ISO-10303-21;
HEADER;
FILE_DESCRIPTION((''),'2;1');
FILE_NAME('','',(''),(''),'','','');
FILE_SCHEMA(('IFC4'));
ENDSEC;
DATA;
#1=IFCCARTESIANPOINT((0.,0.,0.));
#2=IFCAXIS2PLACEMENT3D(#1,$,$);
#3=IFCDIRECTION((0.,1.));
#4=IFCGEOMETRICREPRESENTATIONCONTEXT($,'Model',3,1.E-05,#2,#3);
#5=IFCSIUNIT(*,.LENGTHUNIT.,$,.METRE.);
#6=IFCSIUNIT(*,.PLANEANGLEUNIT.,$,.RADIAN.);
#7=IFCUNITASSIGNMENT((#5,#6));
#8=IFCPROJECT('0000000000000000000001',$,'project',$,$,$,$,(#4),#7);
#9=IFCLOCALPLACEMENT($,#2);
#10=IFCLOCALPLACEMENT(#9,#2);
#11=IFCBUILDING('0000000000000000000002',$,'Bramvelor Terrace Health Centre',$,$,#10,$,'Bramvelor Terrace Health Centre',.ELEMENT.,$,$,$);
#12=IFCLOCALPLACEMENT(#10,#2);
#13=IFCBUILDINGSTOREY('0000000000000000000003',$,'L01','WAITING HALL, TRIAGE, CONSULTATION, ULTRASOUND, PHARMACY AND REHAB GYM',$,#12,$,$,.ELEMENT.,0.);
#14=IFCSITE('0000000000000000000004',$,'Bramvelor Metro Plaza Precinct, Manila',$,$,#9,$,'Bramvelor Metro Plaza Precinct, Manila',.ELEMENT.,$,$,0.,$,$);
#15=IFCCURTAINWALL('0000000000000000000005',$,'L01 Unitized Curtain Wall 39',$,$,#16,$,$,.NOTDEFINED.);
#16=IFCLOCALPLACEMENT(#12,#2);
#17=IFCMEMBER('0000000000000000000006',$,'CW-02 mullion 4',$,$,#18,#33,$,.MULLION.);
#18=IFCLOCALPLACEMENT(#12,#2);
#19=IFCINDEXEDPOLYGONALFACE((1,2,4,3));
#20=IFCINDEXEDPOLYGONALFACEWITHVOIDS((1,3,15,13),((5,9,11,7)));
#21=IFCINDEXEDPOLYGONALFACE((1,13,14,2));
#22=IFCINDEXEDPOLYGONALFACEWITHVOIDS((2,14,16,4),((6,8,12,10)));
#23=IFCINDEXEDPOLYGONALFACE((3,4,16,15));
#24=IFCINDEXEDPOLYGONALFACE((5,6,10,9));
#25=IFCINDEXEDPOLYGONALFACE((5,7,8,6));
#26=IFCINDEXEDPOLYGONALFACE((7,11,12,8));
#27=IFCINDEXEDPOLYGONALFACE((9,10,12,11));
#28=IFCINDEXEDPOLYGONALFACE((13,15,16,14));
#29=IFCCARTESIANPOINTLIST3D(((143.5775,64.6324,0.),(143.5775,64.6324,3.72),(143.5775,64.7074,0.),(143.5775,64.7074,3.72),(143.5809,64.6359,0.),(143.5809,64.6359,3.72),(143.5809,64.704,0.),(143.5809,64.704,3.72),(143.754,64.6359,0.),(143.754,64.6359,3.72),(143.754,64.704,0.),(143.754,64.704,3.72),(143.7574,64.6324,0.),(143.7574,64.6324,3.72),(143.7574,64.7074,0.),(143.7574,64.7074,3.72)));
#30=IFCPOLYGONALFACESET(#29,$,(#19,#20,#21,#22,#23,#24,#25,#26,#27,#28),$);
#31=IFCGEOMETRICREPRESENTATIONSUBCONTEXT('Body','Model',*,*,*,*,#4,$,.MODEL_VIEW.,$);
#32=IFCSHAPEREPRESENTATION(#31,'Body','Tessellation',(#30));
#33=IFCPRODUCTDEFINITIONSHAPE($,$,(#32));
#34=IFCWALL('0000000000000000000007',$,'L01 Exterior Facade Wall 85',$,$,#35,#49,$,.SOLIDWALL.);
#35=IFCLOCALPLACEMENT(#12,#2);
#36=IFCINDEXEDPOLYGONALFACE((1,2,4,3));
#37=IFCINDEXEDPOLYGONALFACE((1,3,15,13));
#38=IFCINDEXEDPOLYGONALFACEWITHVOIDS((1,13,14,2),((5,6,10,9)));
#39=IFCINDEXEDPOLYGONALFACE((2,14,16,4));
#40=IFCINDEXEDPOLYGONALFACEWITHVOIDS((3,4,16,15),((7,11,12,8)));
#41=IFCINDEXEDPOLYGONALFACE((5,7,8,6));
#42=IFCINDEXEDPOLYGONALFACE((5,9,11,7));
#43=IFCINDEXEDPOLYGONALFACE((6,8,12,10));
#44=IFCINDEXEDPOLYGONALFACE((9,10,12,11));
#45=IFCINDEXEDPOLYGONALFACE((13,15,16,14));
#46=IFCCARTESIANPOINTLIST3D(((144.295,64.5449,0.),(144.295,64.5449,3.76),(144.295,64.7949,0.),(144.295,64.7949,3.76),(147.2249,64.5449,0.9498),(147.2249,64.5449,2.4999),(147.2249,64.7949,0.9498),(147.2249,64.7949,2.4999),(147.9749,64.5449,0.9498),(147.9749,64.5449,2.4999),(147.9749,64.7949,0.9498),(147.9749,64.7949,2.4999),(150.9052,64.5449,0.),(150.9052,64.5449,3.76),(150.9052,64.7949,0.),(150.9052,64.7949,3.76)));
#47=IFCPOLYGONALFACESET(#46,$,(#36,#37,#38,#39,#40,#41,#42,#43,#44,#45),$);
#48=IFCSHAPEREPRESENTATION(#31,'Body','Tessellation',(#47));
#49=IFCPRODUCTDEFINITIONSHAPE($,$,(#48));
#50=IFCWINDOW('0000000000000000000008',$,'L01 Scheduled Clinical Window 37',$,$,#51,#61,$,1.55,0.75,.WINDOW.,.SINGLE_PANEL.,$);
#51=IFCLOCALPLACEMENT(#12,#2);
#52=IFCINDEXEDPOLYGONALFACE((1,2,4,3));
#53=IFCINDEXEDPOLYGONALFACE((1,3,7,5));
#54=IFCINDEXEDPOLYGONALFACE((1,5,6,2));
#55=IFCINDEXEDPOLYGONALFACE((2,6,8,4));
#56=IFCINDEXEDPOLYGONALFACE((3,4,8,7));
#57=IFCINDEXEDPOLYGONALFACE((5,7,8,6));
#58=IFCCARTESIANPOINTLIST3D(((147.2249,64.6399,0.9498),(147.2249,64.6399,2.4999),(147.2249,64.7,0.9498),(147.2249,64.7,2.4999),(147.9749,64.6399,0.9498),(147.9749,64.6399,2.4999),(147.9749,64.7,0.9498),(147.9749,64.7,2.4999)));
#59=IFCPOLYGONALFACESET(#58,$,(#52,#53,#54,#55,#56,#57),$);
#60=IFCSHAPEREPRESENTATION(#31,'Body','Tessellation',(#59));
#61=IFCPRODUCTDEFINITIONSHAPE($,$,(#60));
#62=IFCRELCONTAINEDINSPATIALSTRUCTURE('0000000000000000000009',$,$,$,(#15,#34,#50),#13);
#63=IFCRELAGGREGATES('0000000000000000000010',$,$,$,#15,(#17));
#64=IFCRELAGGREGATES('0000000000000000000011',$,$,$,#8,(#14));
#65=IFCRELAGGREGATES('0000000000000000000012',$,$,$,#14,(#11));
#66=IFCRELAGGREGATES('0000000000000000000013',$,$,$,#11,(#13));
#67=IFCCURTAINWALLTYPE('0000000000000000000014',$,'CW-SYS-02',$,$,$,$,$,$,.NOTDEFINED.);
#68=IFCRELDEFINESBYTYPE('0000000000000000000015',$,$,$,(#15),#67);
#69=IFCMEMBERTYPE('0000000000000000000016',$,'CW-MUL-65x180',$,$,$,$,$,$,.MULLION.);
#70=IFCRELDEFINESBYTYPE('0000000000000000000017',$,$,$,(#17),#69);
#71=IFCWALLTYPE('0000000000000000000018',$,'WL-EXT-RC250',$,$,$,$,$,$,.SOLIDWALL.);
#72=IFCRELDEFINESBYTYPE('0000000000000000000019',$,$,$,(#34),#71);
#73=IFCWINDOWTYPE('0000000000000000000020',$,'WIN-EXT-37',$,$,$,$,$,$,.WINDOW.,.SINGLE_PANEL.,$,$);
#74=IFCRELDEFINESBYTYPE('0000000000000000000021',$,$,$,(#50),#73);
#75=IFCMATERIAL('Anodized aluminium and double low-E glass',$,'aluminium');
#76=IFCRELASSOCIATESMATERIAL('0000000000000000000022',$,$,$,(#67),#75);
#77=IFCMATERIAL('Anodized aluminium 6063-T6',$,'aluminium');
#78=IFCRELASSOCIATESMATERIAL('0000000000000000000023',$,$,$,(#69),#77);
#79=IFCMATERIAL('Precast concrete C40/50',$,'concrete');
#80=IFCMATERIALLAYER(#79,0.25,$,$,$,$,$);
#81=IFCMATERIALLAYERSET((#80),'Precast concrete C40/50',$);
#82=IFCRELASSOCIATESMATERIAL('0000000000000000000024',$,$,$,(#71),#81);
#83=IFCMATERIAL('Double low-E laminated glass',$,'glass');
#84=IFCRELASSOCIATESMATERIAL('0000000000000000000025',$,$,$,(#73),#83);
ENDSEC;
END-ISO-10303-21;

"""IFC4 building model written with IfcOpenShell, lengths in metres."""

from ifc_helpers import new_model, si_unit, direction, frame, frame_2d, origin, origin_2d, place, context, subcontext, project, spatial, rectangle, hollow_rectangle, extrude, material, layer, layer_set, material_profile, profile_set, type_object, element, fill, aggregate, save


model = new_model("IFC4")

# Units and contexts
model_context = context("Model", 3, precision=1e-05, world=origin(), true_north=direction((0.0, 1.0)))
body_context = subcontext(model_context, "Body", "Model", "MODEL_VIEW")
ifc_project = project(units=[si_unit("LENGTHUNIT", "METRE"), si_unit("PLANEANGLEUNIT", "RADIAN")], contexts=[model_context])

# Site, building, storey
site_placement = place(None, origin())
site = spatial("IfcSite", under=ifc_project, at=site_placement, Name="Bramvelor Metro Plaza Precinct, Manila", LongName="Bramvelor Metro Plaza Precinct, Manila", CompositionType="ELEMENT", RefElevation=0.0)
building_placement = place(site_placement, origin())
building = spatial("IfcBuilding", under=site, at=building_placement, Name="Bramvelor Terrace Health Centre", LongName="Bramvelor Terrace Health Centre", CompositionType="ELEMENT")
storey_placement = place(building_placement, origin())
storey = spatial("IfcBuildingStorey", under=building, at=storey_placement, Name="L01", Description="WAITING HALL, TRIAGE, CONSULTATION, ULTRASOUND, PHARMACY AND REHAB GYM", CompositionType="ELEMENT", Elevation=0.0)

# Curtain wall, member
ifc_material_1 = material(Name="Anodized aluminium and double low-E glass", Category="aluminium")
curtain_wall_type = type_object("IfcCurtainWallType", Name="CW-SYS-02", PredefinedType="NOTDEFINED", material=ifc_material_1)
curtain_wall_placement = place(storey_placement, origin())
curtain_wall = element("IfcCurtainWall", 1, at=curtain_wall_placement, inside=storey, type_object=curtain_wall_type, Name="L01 Unitized Curtain Wall 39", PredefinedType="NOTDEFINED")
ifc_material_2 = material(Name="Anodized aluminium 6063-T6", Category="aluminium")
ifc_material_profile_1 = material_profile(ifc_material_2, hollow_rectangle(XDim=0.075, YDim=0.1799, WallThickness=0.0034, at=origin_2d()), Name="ALU-MUL 75x180x3.5")
ifc_profile_set_1 = profile_set([ifc_material_profile_1], Name="Anodized aluminium 6063-T6")
member_type = type_object("IfcMemberType", Name="CW-MUL-65x180", PredefinedType="MULLION", material=ifc_profile_set_1)
member_placement = place(storey_placement, frame((143.6675, 64.6699, 0.0), z_axis=(0.0, 0.0, 1.0), x_axis=(0.0, 1.0, 0.0)))
member = element("IfcMember", 2, at=member_placement, type_object=member_type, Name="CW-02 mullion 4", PredefinedType="MULLION", context=body_context, shape_type="SweptSolid", body=[
    extrude(hollow_rectangle(XDim=0.075, YDim=0.1799, WallThickness=0.0034, at=origin_2d()), origin(), (0.0, 0.0, 1.0), 3.72),
])
aggregate(curtain_wall, [member])

# Wall, opening, window
ifc_material_3 = material(Name="Precast concrete C40/50", Category="concrete")
ifc_layer = layer(ifc_material_3, 0.25)
ifc_layer_set = layer_set([ifc_layer], Name="Precast concrete C40/50")
wall_type = type_object("IfcWallType", Name="WL-EXT-RC250", PredefinedType="SOLIDWALL", material=ifc_layer_set)
wall_placement = place(storey_placement, frame((144.2949, 64.6699, 0.0), z_axis=(0.0, 0.0, 1.0), x_axis=(1.0, 0.0, 0.0)))
wall = element("IfcWall", 3, at=wall_placement, inside=storey, type_object=wall_type, Name="L01 Exterior Facade Wall 85", PredefinedType="SOLIDWALL", context=body_context, shape_type="SweptSolid", body=[
    extrude(rectangle(XDim=6.6101, YDim=0.25, at=frame_2d((3.3052, 0.0))), origin(), (0.0, 0.0, 1.0), 3.76),
])
opening_placement = place(wall_placement, frame((2.9299, 0.0, 0.95)))
opening = element("IfcOpeningElement", 4, at=opening_placement, cuts=wall, PredefinedType="OPENING", context=body_context, shape_type="SweptSolid", body=[
    extrude(rectangle(XDim=0.75, YDim=1.55, at=frame_2d((0.375, 0.7749))), frame((0.0, 0.135, 0.0), z_axis=(0.0, -1.0, 0.0), x_axis=(1.0, 0.0, 0.0)), (0.0, 0.0, 1.0), 0.27),
])
ifc_material_4 = material(Name="Double low-E laminated glass", Category="glass")
window_type = type_object("IfcWindowType", Name="WIN-EXT-37", PartitioningType="SINGLE_PANEL", PredefinedType="WINDOW", material=ifc_material_4)
window_placement = place(opening_placement, origin())
window = element("IfcWindow", 5, at=window_placement, inside=storey, type_object=window_type, Name="L01 Scheduled Clinical Window 37", OverallHeight=1.55, OverallWidth=0.75, PartitioningType="SINGLE_PANEL", PredefinedType="WINDOW", context=body_context, shape_type="SweptSolid", body=[
    extrude(rectangle(XDim=0.75, YDim=1.55, at=frame_2d((0.375, 0.7749))), frame((0.0, 0.03, 0.0), z_axis=(0.0, -1.0, 0.0), x_axis=(1.0, 0.0, 0.0)), (0.0, 0.0, 1.0), 0.0601),
])
fill(opening, window)

save(model, "model.ifc")
